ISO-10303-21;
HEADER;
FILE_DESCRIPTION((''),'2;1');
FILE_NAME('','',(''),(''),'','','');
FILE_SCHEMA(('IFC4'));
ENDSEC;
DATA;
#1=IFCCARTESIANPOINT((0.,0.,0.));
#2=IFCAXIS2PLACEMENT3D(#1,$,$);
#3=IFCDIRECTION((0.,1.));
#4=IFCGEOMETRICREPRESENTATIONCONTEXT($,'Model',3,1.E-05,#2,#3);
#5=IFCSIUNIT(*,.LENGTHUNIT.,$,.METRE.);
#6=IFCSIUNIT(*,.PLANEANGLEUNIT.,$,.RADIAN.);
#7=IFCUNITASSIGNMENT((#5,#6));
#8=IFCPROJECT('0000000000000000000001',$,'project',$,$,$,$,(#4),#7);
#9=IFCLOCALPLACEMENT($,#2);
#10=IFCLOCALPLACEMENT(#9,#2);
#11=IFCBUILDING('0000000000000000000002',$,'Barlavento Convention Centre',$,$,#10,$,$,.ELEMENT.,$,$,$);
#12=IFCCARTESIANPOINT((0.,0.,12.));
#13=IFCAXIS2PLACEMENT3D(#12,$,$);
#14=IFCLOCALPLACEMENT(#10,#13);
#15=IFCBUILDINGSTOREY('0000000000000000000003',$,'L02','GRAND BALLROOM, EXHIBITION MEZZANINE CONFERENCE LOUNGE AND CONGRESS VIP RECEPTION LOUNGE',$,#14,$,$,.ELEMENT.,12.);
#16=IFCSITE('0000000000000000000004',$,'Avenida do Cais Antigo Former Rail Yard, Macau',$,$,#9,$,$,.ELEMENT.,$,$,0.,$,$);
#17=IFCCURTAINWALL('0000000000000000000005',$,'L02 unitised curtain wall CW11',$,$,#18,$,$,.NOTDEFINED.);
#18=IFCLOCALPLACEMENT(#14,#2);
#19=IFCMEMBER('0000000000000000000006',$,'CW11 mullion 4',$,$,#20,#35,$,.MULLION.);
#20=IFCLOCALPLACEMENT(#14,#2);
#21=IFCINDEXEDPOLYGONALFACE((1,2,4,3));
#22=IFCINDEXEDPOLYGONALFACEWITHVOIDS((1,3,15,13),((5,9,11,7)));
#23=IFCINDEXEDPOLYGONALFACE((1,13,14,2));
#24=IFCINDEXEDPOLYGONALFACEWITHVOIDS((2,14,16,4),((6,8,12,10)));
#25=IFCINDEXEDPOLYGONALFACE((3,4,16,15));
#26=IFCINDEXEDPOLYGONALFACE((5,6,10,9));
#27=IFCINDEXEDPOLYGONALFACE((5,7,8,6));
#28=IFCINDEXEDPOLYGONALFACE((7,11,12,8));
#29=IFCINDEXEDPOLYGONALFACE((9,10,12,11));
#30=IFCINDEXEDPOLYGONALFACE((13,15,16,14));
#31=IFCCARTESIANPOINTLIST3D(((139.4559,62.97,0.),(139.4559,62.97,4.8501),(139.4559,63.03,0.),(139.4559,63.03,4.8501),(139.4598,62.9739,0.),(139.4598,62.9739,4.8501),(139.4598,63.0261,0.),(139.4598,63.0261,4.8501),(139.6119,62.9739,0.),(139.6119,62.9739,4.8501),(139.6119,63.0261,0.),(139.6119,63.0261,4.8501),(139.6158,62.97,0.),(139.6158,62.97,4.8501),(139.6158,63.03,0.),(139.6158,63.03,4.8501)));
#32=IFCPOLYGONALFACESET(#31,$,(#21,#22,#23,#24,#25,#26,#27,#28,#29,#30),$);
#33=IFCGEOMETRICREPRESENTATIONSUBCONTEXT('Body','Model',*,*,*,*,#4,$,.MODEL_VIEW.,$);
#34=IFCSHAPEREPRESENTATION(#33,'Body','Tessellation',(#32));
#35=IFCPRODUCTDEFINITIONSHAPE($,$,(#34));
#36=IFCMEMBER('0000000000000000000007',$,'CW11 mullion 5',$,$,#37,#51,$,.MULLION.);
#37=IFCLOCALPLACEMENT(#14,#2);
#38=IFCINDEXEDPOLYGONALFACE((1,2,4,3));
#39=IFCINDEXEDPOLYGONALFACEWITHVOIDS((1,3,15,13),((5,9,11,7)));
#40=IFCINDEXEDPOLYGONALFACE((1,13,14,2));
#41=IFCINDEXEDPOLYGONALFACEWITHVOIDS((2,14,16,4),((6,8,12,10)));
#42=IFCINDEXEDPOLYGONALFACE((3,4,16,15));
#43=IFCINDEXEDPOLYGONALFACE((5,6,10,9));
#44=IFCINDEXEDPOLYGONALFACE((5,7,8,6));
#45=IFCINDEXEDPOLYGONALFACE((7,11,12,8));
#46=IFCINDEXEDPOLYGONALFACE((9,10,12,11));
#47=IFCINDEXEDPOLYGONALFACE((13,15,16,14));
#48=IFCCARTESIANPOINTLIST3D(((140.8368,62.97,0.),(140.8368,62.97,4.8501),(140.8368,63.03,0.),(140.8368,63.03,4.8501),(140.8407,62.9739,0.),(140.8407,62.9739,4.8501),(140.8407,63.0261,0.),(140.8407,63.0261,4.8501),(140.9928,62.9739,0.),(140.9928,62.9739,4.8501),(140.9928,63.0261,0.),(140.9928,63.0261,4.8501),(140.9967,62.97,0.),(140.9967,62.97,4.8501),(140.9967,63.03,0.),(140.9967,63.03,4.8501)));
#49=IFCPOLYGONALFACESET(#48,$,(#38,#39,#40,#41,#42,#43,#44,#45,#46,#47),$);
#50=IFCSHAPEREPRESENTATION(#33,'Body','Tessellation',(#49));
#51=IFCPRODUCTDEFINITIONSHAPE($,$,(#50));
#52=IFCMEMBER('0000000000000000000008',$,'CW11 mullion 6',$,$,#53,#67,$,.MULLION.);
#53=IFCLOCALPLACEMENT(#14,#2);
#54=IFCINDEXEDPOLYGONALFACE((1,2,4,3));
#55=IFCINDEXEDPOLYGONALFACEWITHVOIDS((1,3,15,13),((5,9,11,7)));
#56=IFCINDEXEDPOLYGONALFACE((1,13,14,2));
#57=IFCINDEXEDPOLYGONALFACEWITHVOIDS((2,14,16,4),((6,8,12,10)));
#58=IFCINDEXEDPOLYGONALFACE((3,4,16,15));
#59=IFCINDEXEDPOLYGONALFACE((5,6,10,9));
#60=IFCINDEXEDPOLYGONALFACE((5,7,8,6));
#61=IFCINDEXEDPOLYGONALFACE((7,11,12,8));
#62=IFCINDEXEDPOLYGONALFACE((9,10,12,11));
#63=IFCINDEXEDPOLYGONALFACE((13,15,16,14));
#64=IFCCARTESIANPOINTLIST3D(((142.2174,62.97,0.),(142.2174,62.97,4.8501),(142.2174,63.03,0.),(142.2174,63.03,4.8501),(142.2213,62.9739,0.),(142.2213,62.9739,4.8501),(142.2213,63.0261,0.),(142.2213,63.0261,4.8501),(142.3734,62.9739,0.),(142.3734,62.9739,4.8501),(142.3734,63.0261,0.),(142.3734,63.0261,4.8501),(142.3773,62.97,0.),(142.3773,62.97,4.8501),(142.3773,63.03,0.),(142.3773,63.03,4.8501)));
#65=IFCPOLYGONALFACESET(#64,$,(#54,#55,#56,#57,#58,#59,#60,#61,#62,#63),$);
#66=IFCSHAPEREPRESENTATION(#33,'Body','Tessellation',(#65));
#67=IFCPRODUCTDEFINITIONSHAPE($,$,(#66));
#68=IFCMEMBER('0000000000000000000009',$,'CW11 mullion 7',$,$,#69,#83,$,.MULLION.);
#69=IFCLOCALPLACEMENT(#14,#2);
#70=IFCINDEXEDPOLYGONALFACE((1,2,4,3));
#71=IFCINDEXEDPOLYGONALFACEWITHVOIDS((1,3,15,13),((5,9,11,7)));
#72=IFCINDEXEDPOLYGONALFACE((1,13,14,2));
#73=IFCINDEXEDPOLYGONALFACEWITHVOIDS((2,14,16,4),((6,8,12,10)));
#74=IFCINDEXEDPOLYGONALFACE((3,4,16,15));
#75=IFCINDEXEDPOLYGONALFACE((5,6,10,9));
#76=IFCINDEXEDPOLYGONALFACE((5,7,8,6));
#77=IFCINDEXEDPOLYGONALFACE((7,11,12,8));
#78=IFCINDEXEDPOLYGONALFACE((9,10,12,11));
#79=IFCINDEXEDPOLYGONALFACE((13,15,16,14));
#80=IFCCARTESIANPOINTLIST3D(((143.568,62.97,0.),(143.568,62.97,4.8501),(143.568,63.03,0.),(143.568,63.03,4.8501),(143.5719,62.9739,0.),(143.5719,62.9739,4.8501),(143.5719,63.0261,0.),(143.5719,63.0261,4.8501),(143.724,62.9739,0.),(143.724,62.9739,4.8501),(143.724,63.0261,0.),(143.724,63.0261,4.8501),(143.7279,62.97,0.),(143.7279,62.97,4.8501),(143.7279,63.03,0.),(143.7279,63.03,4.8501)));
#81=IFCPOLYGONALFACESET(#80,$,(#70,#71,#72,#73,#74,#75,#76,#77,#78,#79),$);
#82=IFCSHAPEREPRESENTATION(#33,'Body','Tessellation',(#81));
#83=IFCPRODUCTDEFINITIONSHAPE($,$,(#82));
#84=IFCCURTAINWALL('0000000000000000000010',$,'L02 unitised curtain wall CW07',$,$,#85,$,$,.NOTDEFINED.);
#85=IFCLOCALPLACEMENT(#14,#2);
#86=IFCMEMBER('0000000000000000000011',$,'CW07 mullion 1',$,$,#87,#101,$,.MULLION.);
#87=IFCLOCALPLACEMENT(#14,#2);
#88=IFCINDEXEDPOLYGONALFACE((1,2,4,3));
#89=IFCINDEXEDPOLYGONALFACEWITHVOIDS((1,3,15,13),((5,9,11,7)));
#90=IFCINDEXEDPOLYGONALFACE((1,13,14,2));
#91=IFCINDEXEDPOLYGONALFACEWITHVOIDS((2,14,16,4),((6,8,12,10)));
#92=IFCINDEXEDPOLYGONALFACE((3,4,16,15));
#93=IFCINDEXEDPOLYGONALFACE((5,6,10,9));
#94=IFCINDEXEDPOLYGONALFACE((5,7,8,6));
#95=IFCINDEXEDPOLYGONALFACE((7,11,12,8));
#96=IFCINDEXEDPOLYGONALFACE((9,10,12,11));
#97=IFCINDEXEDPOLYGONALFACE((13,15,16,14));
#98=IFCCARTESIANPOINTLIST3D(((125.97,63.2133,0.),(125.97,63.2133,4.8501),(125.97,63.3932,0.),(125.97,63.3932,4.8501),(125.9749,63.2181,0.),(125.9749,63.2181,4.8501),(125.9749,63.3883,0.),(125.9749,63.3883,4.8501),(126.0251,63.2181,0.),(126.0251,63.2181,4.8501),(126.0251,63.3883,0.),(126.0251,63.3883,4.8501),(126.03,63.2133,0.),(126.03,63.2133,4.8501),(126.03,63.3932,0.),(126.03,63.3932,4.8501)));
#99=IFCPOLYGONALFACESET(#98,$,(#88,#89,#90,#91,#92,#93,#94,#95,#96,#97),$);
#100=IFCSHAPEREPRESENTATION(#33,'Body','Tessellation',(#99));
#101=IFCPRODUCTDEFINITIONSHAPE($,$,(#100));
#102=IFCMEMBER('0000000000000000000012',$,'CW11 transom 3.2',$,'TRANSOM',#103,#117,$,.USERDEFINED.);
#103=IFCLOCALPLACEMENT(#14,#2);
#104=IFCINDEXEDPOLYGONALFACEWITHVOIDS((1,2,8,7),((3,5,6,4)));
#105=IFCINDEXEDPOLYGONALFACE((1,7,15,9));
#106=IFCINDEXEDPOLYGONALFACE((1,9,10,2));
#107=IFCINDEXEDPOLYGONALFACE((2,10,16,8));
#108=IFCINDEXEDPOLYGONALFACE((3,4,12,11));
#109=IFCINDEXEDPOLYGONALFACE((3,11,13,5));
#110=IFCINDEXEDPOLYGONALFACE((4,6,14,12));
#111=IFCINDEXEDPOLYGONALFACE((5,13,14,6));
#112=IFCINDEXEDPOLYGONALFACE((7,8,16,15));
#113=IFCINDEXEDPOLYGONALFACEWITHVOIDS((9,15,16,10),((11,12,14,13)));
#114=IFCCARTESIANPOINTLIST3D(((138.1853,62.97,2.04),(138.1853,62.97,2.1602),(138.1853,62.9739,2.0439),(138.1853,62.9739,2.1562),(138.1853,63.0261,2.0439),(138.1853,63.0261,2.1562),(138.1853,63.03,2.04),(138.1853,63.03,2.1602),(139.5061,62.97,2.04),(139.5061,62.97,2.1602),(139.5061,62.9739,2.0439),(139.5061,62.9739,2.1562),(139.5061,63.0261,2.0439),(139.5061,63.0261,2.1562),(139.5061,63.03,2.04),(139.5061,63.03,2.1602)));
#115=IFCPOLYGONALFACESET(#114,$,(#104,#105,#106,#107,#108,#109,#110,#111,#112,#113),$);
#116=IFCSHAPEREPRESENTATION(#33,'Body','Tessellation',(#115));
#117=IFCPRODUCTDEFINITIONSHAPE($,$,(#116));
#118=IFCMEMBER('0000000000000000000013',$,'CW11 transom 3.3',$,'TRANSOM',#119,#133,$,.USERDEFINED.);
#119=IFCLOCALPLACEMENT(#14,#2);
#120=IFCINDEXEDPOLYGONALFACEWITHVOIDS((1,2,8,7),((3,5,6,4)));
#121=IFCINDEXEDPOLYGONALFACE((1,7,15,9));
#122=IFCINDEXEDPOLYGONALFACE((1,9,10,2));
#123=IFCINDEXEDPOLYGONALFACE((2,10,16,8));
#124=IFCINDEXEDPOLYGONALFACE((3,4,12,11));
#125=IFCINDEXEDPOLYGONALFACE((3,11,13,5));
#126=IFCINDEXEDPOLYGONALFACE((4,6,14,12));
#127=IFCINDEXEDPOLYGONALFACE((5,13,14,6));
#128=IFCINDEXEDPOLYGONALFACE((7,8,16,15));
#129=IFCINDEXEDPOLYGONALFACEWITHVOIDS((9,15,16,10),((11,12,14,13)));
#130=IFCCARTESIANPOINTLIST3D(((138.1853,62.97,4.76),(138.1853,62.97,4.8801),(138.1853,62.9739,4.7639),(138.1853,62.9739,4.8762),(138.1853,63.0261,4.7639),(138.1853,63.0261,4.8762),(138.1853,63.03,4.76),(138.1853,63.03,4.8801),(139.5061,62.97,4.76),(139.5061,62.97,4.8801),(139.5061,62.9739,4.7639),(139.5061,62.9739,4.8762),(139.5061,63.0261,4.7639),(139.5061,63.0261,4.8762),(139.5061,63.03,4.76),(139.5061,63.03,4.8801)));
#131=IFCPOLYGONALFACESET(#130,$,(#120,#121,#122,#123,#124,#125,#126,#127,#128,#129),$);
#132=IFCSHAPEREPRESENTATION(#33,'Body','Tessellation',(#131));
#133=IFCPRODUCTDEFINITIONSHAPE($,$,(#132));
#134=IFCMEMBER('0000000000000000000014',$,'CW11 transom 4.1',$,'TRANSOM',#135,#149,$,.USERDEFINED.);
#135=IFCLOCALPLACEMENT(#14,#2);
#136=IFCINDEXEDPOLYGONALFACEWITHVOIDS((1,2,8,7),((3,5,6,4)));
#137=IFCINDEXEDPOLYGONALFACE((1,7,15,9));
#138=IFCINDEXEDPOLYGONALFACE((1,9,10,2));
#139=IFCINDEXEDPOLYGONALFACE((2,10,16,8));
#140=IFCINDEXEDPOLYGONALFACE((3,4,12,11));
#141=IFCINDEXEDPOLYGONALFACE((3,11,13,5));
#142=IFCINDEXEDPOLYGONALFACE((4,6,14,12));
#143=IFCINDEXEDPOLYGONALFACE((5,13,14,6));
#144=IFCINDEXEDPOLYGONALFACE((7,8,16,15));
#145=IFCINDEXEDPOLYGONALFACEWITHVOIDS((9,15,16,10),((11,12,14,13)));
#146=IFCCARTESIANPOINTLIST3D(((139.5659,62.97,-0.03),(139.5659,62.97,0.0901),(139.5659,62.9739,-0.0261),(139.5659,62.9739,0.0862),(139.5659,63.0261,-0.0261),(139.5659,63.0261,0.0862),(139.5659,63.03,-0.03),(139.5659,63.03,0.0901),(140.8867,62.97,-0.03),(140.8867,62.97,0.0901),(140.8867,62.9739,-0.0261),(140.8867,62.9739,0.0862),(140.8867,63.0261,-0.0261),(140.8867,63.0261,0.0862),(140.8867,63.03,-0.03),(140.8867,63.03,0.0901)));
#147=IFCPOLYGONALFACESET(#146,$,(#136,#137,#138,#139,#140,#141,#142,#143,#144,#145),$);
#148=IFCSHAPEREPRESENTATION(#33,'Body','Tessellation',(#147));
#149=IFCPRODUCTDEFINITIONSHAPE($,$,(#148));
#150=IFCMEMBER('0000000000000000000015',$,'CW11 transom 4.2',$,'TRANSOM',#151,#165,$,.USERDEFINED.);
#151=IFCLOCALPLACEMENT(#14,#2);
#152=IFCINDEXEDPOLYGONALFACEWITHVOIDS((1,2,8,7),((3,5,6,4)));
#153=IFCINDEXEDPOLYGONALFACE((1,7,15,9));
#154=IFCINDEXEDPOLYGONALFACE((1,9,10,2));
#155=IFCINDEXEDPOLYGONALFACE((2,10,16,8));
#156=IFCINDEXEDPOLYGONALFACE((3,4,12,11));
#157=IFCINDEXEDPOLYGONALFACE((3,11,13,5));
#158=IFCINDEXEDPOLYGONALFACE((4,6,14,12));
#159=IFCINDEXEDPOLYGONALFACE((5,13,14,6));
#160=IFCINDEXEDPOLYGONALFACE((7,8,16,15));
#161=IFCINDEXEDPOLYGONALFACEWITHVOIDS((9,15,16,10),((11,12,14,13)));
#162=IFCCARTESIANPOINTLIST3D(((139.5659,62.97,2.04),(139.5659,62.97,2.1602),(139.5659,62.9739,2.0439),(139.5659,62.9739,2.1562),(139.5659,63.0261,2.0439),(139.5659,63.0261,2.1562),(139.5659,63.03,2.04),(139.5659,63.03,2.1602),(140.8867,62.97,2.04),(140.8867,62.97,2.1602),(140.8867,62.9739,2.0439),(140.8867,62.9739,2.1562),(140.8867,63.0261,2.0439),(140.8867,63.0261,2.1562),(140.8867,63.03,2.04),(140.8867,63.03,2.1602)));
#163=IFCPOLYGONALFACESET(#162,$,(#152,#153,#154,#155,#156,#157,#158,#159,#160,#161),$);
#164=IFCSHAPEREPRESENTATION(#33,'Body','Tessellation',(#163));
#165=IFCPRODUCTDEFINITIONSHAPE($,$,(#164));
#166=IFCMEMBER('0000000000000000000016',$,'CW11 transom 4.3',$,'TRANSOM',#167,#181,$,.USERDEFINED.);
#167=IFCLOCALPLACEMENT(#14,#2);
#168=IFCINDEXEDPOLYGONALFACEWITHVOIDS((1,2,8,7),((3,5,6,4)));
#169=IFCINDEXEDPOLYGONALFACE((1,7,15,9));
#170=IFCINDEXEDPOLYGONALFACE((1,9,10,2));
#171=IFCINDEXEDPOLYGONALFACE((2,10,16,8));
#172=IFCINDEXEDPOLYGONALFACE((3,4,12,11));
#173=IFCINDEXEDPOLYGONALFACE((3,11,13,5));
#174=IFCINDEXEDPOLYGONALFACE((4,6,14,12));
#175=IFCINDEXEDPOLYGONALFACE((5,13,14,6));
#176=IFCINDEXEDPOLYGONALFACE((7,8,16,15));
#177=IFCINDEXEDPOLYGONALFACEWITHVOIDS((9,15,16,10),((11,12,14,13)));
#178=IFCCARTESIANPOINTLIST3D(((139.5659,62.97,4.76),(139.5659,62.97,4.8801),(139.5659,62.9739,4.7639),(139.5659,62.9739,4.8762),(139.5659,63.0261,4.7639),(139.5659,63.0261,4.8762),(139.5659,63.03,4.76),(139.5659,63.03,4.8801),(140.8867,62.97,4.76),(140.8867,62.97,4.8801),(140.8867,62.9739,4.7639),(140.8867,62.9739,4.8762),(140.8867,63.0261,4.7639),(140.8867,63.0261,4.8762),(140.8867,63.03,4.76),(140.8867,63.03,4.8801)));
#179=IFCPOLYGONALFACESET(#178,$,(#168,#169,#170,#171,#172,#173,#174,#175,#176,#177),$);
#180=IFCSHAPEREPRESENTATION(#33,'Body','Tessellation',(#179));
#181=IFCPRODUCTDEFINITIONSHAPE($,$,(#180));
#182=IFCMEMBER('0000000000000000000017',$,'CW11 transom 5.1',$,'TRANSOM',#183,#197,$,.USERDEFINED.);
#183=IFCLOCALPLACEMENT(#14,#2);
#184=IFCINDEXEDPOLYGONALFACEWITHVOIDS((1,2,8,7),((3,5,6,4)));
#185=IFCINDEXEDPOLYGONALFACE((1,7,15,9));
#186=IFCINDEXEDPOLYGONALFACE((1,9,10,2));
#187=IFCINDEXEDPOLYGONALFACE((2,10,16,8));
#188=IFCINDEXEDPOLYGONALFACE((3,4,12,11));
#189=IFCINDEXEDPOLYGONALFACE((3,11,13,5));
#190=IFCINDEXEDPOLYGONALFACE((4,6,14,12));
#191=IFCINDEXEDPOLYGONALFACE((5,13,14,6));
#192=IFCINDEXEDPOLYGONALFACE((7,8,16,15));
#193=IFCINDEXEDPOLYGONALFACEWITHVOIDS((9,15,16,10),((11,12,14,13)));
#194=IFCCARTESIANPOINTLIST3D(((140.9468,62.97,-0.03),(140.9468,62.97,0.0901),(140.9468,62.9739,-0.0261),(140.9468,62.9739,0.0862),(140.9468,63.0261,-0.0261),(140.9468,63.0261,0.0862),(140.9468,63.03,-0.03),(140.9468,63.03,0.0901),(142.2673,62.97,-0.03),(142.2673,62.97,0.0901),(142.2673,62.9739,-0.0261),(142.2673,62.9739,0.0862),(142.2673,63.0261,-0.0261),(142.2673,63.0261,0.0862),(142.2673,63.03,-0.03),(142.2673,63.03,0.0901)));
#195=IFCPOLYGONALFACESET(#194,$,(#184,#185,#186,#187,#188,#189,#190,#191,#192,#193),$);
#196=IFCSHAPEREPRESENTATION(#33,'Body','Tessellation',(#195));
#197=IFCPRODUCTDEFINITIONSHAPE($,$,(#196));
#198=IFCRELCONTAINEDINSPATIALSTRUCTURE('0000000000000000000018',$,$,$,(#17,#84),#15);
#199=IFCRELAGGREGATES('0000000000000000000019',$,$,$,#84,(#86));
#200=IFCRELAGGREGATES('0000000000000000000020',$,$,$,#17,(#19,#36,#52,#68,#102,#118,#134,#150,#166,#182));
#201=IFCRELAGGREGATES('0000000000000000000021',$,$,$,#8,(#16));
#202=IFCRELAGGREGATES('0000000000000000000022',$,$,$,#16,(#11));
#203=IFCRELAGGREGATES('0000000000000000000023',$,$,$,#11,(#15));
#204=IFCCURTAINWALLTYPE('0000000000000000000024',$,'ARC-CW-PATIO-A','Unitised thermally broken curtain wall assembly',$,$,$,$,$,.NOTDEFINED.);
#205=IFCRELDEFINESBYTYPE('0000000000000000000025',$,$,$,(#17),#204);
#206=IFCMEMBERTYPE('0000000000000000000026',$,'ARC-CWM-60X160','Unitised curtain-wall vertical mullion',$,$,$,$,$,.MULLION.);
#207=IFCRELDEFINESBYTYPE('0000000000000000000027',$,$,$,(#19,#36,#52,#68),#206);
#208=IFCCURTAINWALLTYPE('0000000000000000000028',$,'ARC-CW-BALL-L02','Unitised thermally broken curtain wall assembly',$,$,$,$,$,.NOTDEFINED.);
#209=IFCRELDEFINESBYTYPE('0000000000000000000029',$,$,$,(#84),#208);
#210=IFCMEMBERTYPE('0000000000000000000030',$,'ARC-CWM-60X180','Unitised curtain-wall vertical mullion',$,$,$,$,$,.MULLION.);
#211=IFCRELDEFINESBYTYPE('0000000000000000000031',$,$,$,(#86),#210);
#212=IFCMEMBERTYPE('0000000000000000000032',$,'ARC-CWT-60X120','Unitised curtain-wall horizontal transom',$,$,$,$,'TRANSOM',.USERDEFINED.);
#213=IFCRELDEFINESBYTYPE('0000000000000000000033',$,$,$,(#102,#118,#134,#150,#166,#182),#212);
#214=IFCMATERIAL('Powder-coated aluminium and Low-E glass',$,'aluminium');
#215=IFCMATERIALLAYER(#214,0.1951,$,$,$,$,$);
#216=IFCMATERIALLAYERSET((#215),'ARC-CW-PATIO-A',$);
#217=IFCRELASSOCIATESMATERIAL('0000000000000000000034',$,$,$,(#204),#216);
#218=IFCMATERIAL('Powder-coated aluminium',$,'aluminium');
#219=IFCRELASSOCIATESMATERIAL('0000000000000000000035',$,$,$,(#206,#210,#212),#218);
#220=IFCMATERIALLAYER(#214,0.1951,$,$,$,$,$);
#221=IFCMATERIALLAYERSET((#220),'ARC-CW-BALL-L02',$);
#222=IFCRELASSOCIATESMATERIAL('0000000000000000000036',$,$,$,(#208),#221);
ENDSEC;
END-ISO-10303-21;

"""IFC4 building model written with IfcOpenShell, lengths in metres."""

from ifc_helpers import new_model, si_unit, direction, frame, origin, origin_2d, place, context, subcontext, project, spatial, hollow_rectangle, extrude, material, layer, layer_set, material_profile, profile_set, type_object, element, aggregate, save


model = new_model("IFC4")

# Units and contexts
model_context = context("Model", 3, precision=1e-05, world=origin(), true_north=direction((0.0, 1.0)))
body_context = subcontext(model_context, "Body", "Model", "MODEL_VIEW")
ifc_project = project(units=[si_unit("LENGTHUNIT", "METRE"), si_unit("PLANEANGLEUNIT", "RADIAN")], contexts=[model_context])

# Site, building, storey
site_placement = place(None, origin())
site = spatial("IfcSite", under=ifc_project, at=site_placement, Name="Avenida do Cais Antigo Former Rail Yard, Macau", CompositionType="ELEMENT", RefElevation=0.0)
building_placement = place(site_placement, origin())
building = spatial("IfcBuilding", under=site, at=building_placement, Name="Barlavento Convention Centre", CompositionType="ELEMENT")
storey_placement = place(building_placement, frame((0.0, 0.0, 12.0)))
storey = spatial("IfcBuildingStorey", under=building, at=storey_placement, Name="L02", Description="GRAND BALLROOM, EXHIBITION MEZZANINE CONFERENCE LOUNGE AND CONGRESS VIP RECEPTION LOUNGE", CompositionType="ELEMENT", Elevation=12.0)

# Curtain wall, members
ifc_material_1 = material(Name="Powder-coated aluminium and Low-E glass", Category="aluminium")
ifc_layer_1 = layer(ifc_material_1, 0.1951)
ifc_layer_set_1 = layer_set([ifc_layer_1], Name="ARC-CW-PATIO-A")
curtain_wall_type_1 = type_object("IfcCurtainWallType", Name="ARC-CW-PATIO-A", Description="Unitised thermally broken curtain wall assembly", PredefinedType="NOTDEFINED", material=ifc_layer_set_1)
curtain_wall_1_placement = place(storey_placement, origin())
curtain_wall_1 = element("IfcCurtainWall", 1, at=curtain_wall_1_placement, inside=storey, type_object=curtain_wall_type_1, Name="L02 unitised curtain wall CW11", PredefinedType="NOTDEFINED")
ifc_material_2 = material(Name="Powder-coated aluminium", Category="aluminium")
ifc_material_profile_1 = material_profile(ifc_material_2, hollow_rectangle(XDim=0.0601, YDim=0.1599, WallThickness=0.0039, at=origin_2d()), Name="AL-MULL 60x160x4")
ifc_profile_set_1 = profile_set([ifc_material_profile_1], Name="Powder-coated aluminium")
member_type_1 = type_object("IfcMemberType", Name="ARC-CWM-60X160", Description="Unitised curtain-wall vertical mullion", PredefinedType="MULLION", material=ifc_profile_set_1)
member_1_placement = place(storey_placement, frame((139.5359, 63.0, 0.0), z_axis=(0.0, 0.0, 1.0), x_axis=(0.0, 1.0, 0.0)))
member_1 = element("IfcMember", 2, at=member_1_placement, type_object=member_type_1, Name="CW11 mullion 4", PredefinedType="MULLION", context=body_context, shape_type="SweptSolid", body=[
    extrude(hollow_rectangle(XDim=0.0601, YDim=0.1599, WallThickness=0.0039, at=origin_2d()), origin(), (0.0, 0.0, 1.0), 4.8501),
])
member_2_placement = place(storey_placement, frame((140.9167, 63.0, 0.0), z_axis=(0.0, 0.0, 1.0), x_axis=(0.0, 1.0, 0.0)))
member_2 = element("IfcMember", 3, at=member_2_placement, type_object=member_type_1, Name="CW11 mullion 5", PredefinedType="MULLION", context=body_context, shape_type="SweptSolid", body=[
    extrude(hollow_rectangle(XDim=0.0601, YDim=0.1599, WallThickness=0.0039, at=origin_2d()), origin(), (0.0, 0.0, 1.0), 4.8501),
])
member_3_placement = place(storey_placement, frame((142.2974, 63.0, 0.0), z_axis=(0.0, 0.0, 1.0), x_axis=(0.0, 1.0, 0.0)))
member_3 = element("IfcMember", 4, at=member_3_placement, type_object=member_type_1, Name="CW11 mullion 6", PredefinedType="MULLION", context=body_context, shape_type="SweptSolid", body=[
    extrude(hollow_rectangle(XDim=0.0601, YDim=0.1599, WallThickness=0.0039, at=origin_2d()), origin(), (0.0, 0.0, 1.0), 4.8501),
])
member_4_placement = place(storey_placement, frame((143.6479, 63.0, 0.0), z_axis=(0.0, 0.0, 1.0), x_axis=(0.0, 1.0, 0.0)))
member_4 = element("IfcMember", 5, at=member_4_placement, type_object=member_type_1, Name="CW11 mullion 7", PredefinedType="MULLION", context=body_context, shape_type="SweptSolid", body=[
    extrude(hollow_rectangle(XDim=0.0601, YDim=0.1599, WallThickness=0.0039, at=origin_2d()), origin(), (0.0, 0.0, 1.0), 4.8501),
])

# Curtain wall, member
ifc_layer_2 = layer(ifc_material_1, 0.1951)
ifc_layer_set_2 = layer_set([ifc_layer_2], Name="ARC-CW-BALL-L02")
curtain_wall_type_2 = type_object("IfcCurtainWallType", Name="ARC-CW-BALL-L02", Description="Unitised thermally broken curtain wall assembly", PredefinedType="NOTDEFINED", material=ifc_layer_set_2)
curtain_wall_2_placement = place(storey_placement, origin())
curtain_wall_2 = element("IfcCurtainWall", 6, at=curtain_wall_2_placement, inside=storey, type_object=curtain_wall_type_2, Name="L02 unitised curtain wall CW07", PredefinedType="NOTDEFINED")
ifc_material_profile_2 = material_profile(ifc_material_2, hollow_rectangle(XDim=0.0601, YDim=0.1799, WallThickness=0.0049, at=origin_2d()), Name="AL-MULL 60x180x5")
ifc_profile_set_2 = profile_set([ifc_material_profile_2], Name="Powder-coated aluminium")
member_type_2 = type_object("IfcMemberType", Name="ARC-CWM-60X180", Description="Unitised curtain-wall vertical mullion", PredefinedType="MULLION", material=ifc_profile_set_2)
member_5_placement = place(storey_placement, frame((126.0, 63.3032, 0.0), z_axis=(0.0, 0.0, 1.0), x_axis=(-1.0, 0.0, 0.0)))
member_5 = element("IfcMember", 7, at=member_5_placement, type_object=member_type_2, Name="CW07 mullion 1", PredefinedType="MULLION", context=body_context, shape_type="SweptSolid", body=[
    extrude(hollow_rectangle(XDim=0.0601, YDim=0.1799, WallThickness=0.0049, at=origin_2d()), origin(), (0.0, 0.0, 1.0), 4.8501),
])

# Members
ifc_material_profile_3 = material_profile(ifc_material_2, hollow_rectangle(XDim=0.0601, YDim=0.1201, WallThickness=0.0039, at=origin_2d()), Name="AL-TRAN 60x120x4")
ifc_profile_set_3 = profile_set([ifc_material_profile_3], Name="Powder-coated aluminium")
member_type_3 = type_object("IfcMemberType", Name="ARC-CWT-60X120", Description="Unitised curtain-wall horizontal transom", ElementType="TRANSOM", PredefinedType="USERDEFINED", material=ifc_profile_set_3)
member_6_placement = place(storey_placement, frame((138.1853, 63.0, 2.1001), z_axis=(1.0, 0.0, 0.0), x_axis=(0.0, 1.0, 0.0)))
member_6 = element("IfcMember", 8, at=member_6_placement, type_object=member_type_3, Name="CW11 transom 3.2", ObjectType="TRANSOM", PredefinedType="USERDEFINED", context=body_context, shape_type="SweptSolid", body=[
    extrude(hollow_rectangle(XDim=0.0601, YDim=0.1201, WallThickness=0.0039, at=origin_2d()), origin(), (0.0, 0.0, 1.0), 1.3208),
])
member_7_placement = place(storey_placement, frame((138.1853, 63.0, 4.8201), z_axis=(1.0, 0.0, 0.0), x_axis=(0.0, 1.0, 0.0)))
member_7 = element("IfcMember", 9, at=member_7_placement, type_object=member_type_3, Name="CW11 transom 3.3", ObjectType="TRANSOM", PredefinedType="USERDEFINED", context=body_context, shape_type="SweptSolid", body=[
    extrude(hollow_rectangle(XDim=0.0601, YDim=0.1201, WallThickness=0.0039, at=origin_2d()), origin(), (0.0, 0.0, 1.0), 1.3208),
])
member_8_placement = place(storey_placement, frame((139.5659, 63.0, 0.03), z_axis=(1.0, 0.0, 0.0), x_axis=(0.0, 1.0, 0.0)))
member_8 = element("IfcMember", 10, at=member_8_placement, type_object=member_type_3, Name="CW11 transom 4.1", ObjectType="TRANSOM", PredefinedType="USERDEFINED", context=body_context, shape_type="SweptSolid", body=[
    extrude(hollow_rectangle(XDim=0.0601, YDim=0.1201, WallThickness=0.0039, at=origin_2d()), origin(), (0.0, 0.0, 1.0), 1.3208),
])
member_9_placement = place(storey_placement, frame((139.5659, 63.0, 2.1001), z_axis=(1.0, 0.0, 0.0), x_axis=(0.0, 1.0, 0.0)))
member_9 = element("IfcMember", 11, at=member_9_placement, type_object=member_type_3, Name="CW11 transom 4.2", ObjectType="TRANSOM", PredefinedType="USERDEFINED", context=body_context, shape_type="SweptSolid", body=[
    extrude(hollow_rectangle(XDim=0.0601, YDim=0.1201, WallThickness=0.0039, at=origin_2d()), origin(), (0.0, 0.0, 1.0), 1.3208),
])
member_10_placement = place(storey_placement, frame((139.5659, 63.0, 4.8201), z_axis=(1.0, 0.0, 0.0), x_axis=(0.0, 1.0, 0.0)))
member_10 = element("IfcMember", 12, at=member_10_placement, type_object=member_type_3, Name="CW11 transom 4.3", ObjectType="TRANSOM", PredefinedType="USERDEFINED", context=body_context, shape_type="SweptSolid", body=[
    extrude(hollow_rectangle(XDim=0.0601, YDim=0.1201, WallThickness=0.0039, at=origin_2d()), origin(), (0.0, 0.0, 1.0), 1.3208),
])
member_11_placement = place(storey_placement, frame((140.9468, 63.0, 0.03), z_axis=(1.0, 0.0, 0.0), x_axis=(0.0, 1.0, 0.0)))
member_11 = element("IfcMember", 13, at=member_11_placement, type_object=member_type_3, Name="CW11 transom 5.1", ObjectType="TRANSOM", PredefinedType="USERDEFINED", context=body_context, shape_type="SweptSolid", body=[
    extrude(hollow_rectangle(XDim=0.0601, YDim=0.1201, WallThickness=0.0039, at=origin_2d()), origin(), (0.0, 0.0, 1.0), 1.3206),
])
aggregate(curtain_wall_2, [member_5])

aggregate(curtain_wall_1, [member_1, member_2, member_3, member_4, member_6, member_7, member_8, member_9, member_10, member_11])

save(model, "model.ifc")
